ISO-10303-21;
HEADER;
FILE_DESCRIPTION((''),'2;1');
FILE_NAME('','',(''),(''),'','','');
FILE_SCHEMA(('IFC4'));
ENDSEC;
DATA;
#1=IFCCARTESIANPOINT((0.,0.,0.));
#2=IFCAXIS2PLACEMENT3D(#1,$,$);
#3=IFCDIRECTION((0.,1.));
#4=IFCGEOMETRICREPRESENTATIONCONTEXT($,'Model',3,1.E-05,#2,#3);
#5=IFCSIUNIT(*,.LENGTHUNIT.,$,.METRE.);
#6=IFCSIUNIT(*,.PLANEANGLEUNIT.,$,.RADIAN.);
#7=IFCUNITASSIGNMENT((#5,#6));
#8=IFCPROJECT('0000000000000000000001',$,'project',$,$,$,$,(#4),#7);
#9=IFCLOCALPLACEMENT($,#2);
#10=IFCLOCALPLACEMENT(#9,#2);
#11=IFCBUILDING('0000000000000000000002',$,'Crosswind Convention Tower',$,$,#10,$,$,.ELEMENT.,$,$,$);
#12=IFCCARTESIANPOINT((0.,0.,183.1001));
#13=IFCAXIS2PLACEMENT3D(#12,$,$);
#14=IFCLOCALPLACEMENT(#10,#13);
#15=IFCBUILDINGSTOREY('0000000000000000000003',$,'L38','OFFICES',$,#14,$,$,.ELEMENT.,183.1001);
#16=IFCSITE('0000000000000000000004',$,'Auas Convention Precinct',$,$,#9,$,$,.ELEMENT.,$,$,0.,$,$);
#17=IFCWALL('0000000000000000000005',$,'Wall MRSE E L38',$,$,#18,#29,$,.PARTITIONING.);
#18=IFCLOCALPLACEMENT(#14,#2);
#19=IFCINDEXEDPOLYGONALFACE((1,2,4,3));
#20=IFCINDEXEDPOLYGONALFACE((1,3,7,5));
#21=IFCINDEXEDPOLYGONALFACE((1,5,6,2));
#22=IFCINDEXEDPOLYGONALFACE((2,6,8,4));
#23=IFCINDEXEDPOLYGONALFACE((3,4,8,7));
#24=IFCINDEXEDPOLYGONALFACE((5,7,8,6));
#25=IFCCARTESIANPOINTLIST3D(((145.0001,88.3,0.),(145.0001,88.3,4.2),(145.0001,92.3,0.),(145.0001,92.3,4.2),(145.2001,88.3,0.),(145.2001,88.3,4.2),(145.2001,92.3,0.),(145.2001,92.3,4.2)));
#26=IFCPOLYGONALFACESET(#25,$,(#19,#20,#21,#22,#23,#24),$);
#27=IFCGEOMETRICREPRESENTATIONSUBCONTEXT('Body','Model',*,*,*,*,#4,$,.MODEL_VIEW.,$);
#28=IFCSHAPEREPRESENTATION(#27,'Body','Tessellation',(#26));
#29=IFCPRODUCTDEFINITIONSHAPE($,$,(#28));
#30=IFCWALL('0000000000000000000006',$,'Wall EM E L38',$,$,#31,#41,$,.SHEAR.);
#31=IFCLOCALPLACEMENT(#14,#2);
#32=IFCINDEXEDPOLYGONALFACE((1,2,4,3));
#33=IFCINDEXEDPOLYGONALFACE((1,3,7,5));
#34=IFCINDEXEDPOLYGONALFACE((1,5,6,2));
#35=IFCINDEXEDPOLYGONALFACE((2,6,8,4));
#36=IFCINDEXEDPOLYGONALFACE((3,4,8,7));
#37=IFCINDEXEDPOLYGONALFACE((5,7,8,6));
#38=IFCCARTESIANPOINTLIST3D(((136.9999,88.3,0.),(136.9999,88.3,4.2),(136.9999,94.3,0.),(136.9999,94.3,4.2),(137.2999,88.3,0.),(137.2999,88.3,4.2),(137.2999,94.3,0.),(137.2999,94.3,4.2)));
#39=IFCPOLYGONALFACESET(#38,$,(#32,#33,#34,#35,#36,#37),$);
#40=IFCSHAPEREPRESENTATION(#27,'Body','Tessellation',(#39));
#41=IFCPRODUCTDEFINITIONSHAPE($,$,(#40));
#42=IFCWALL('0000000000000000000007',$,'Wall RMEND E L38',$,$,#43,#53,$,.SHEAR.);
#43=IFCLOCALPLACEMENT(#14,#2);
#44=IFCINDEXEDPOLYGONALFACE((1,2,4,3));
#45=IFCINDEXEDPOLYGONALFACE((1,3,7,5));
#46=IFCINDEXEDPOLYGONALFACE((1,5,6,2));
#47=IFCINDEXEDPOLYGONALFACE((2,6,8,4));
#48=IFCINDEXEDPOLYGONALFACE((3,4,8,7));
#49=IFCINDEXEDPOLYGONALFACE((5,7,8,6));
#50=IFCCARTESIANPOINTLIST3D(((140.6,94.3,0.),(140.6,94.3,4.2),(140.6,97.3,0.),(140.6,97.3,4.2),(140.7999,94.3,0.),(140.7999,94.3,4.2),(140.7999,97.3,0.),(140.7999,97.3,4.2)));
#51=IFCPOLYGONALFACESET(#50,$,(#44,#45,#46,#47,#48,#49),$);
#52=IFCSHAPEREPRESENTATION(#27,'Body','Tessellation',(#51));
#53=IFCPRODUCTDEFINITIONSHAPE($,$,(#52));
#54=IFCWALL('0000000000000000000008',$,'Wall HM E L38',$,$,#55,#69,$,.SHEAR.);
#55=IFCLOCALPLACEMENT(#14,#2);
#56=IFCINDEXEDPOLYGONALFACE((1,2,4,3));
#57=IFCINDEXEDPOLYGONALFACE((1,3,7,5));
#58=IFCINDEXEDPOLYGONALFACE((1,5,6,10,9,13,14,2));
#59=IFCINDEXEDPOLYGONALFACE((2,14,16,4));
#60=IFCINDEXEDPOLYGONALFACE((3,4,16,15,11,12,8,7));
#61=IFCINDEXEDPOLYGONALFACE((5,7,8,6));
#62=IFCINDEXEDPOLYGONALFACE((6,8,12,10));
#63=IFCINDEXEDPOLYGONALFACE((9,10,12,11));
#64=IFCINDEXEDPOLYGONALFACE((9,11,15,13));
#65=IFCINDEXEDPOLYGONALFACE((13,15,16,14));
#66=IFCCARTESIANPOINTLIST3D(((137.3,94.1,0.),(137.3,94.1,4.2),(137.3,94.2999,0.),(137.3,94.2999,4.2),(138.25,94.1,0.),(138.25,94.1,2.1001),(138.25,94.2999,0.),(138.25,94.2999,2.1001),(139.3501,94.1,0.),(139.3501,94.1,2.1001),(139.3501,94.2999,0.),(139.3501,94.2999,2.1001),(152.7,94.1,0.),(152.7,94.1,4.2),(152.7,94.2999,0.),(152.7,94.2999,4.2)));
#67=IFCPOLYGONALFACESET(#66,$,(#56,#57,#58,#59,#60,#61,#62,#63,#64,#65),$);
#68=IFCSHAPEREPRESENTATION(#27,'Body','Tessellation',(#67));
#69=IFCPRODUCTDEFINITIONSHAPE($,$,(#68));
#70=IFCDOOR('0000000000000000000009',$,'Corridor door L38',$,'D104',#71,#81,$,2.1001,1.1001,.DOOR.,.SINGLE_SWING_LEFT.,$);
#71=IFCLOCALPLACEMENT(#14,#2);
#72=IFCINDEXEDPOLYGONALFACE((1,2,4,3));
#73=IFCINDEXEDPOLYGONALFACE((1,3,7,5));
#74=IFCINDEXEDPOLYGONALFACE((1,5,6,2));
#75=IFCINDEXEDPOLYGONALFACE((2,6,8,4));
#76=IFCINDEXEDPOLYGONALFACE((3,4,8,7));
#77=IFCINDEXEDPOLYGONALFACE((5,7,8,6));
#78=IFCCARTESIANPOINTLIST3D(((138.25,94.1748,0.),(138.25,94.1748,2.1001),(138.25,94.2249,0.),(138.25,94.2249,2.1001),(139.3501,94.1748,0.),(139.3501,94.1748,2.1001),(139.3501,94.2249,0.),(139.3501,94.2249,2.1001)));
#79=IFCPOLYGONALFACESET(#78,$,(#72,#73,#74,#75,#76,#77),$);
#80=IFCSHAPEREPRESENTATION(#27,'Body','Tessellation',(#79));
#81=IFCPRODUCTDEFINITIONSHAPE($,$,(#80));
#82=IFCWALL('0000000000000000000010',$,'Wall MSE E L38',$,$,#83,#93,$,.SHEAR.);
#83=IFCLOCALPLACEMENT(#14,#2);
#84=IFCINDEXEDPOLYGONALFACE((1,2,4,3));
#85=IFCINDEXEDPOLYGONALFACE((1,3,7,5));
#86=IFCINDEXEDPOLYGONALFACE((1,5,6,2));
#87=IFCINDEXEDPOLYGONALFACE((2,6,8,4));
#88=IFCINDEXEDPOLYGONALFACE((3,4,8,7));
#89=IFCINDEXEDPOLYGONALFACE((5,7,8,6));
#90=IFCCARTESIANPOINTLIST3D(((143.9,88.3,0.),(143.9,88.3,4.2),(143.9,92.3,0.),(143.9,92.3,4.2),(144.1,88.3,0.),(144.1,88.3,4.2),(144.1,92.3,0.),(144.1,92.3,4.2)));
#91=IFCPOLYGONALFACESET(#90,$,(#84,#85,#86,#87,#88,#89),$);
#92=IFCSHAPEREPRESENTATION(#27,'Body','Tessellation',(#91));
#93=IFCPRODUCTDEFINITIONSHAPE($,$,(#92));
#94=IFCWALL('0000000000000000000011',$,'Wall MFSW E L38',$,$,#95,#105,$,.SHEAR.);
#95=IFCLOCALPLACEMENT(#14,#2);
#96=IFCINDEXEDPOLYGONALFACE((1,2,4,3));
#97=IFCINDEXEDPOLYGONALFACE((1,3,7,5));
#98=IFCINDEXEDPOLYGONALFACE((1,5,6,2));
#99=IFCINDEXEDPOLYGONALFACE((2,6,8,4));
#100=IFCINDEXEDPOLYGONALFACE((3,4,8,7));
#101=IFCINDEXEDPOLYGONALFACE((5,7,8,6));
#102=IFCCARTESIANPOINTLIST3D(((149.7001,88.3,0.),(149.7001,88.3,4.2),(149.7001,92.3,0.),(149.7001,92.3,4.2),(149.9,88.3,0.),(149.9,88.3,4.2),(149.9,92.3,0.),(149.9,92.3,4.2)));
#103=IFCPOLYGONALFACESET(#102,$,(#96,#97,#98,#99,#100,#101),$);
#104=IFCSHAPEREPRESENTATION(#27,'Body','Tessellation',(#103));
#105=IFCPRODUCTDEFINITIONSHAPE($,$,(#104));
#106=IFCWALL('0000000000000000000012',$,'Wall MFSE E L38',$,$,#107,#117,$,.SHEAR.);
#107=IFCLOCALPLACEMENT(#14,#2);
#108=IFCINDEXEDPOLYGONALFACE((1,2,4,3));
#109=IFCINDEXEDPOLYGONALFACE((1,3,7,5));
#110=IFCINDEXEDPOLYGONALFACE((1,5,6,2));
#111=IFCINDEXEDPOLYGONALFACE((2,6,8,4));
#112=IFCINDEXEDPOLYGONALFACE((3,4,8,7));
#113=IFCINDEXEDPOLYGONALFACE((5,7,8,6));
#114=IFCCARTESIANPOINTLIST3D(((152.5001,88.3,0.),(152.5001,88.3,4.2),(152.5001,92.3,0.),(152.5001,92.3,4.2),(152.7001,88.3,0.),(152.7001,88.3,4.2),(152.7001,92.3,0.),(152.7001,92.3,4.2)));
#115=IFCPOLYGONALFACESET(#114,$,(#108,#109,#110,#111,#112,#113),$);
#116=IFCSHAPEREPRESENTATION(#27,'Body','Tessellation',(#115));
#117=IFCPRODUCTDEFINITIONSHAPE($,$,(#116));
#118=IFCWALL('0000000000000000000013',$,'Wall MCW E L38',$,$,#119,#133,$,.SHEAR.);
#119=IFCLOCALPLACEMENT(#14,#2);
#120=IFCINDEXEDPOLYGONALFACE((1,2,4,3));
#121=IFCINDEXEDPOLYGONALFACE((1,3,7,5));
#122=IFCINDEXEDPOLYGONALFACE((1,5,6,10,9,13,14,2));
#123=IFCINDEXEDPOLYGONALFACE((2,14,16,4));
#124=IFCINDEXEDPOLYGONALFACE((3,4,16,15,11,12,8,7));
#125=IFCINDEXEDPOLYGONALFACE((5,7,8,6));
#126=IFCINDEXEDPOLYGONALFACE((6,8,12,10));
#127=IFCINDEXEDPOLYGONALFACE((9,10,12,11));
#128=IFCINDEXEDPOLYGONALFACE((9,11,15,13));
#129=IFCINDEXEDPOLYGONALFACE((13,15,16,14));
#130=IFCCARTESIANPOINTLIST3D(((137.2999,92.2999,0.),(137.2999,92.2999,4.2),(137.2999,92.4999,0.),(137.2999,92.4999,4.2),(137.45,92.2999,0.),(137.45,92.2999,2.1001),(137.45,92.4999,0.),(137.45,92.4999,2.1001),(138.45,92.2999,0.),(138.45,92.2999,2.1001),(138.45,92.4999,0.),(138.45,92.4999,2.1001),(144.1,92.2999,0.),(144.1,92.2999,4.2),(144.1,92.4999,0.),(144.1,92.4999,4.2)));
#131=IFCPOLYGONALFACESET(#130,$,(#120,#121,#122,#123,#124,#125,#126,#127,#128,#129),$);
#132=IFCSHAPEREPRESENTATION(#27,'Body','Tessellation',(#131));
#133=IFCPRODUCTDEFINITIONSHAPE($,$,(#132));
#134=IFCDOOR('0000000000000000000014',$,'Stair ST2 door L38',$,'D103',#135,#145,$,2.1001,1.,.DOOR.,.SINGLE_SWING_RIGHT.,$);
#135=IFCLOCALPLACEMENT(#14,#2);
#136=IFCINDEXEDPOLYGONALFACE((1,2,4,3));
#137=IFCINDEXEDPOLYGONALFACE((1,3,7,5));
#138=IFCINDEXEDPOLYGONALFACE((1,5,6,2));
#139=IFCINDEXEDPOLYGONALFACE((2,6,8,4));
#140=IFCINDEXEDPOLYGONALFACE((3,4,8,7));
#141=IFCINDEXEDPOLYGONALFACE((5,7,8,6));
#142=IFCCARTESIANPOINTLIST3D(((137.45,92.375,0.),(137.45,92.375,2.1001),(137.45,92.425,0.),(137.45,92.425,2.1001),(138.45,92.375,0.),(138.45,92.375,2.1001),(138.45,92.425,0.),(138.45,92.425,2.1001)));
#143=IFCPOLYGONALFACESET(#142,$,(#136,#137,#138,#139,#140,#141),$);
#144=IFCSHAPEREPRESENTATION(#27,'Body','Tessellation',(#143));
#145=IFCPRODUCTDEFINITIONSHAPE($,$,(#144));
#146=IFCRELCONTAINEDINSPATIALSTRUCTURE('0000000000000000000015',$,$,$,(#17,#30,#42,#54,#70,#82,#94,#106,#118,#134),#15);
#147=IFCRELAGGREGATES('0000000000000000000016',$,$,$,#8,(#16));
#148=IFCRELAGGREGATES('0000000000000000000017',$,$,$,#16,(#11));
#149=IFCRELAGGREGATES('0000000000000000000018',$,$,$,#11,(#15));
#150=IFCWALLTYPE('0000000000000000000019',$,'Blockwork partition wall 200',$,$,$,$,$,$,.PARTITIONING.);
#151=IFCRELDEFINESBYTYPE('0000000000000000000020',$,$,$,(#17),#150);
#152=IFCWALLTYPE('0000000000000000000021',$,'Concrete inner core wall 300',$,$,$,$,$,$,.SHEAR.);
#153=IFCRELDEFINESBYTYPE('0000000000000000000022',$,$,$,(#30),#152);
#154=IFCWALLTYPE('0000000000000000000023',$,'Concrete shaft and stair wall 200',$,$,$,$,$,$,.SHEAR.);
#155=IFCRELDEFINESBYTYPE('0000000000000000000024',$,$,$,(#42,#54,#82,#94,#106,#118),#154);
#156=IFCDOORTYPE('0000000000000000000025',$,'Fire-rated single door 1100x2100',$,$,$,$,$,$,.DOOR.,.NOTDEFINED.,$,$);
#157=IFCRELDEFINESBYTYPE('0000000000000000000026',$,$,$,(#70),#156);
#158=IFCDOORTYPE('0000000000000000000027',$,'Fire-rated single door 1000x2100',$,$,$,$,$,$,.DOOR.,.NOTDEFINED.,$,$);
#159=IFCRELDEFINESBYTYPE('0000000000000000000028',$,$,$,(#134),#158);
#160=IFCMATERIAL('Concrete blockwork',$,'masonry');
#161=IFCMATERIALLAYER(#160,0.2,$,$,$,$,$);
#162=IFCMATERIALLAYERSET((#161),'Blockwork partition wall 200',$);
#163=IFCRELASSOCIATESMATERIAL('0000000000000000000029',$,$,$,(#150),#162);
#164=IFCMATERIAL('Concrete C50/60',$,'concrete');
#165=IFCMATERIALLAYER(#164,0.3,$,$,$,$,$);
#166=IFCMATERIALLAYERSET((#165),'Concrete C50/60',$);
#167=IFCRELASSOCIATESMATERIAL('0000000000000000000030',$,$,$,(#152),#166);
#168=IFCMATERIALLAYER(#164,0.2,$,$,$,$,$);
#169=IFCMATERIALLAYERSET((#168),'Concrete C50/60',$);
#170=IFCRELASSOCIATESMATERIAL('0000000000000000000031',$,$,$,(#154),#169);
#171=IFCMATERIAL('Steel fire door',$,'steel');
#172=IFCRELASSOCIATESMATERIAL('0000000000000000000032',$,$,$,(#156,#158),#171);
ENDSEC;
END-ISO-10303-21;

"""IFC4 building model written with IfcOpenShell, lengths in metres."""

from ifc_helpers import new_model, si_unit, direction, frame, frame_2d, origin, place, context, subcontext, project, spatial, rectangle, extrude, material, layer, layer_set, type_object, element, fill, save


model = new_model("IFC4")

# Units and contexts
model_context = context("Model", 3, precision=1e-05, world=origin(), true_north=direction((0.0, 1.0)))
body_context = subcontext(model_context, "Body", "Model", "MODEL_VIEW")
ifc_project = project(units=[si_unit("LENGTHUNIT", "METRE"), si_unit("PLANEANGLEUNIT", "RADIAN")], contexts=[model_context])

# Site, building, storey
site_placement = place(None, origin())
site = spatial("IfcSite", under=ifc_project, at=site_placement, Name="Auas Convention Precinct", CompositionType="ELEMENT", RefElevation=0.0)
building_placement = place(site_placement, origin())
building = spatial("IfcBuilding", under=site, at=building_placement, Name="Crosswind Convention Tower", CompositionType="ELEMENT")
storey_placement = place(building_placement, frame((0.0, 0.0, 183.1001)))
storey = spatial("IfcBuildingStorey", under=building, at=storey_placement, Name="L38", Description="OFFICES", CompositionType="ELEMENT", Elevation=183.1001)

# Wall
ifc_material_1 = material(Name="Concrete blockwork", Category="masonry")
ifc_layer_1 = layer(ifc_material_1, 0.2)
ifc_layer_set_1 = layer_set([ifc_layer_1], Name="Blockwork partition wall 200")
wall_type_1 = type_object("IfcWallType", Name="Blockwork partition wall 200", PredefinedType="PARTITIONING", material=ifc_layer_set_1)
wall_1_placement = place(storey_placement, frame((145.1001, 88.3, 0.0), z_axis=(0.0, 0.0, 1.0), x_axis=(0.0, 1.0, 0.0)))
element("IfcWall", 1, at=wall_1_placement, inside=storey, type_object=wall_type_1, Name="Wall MRSE E L38", PredefinedType="PARTITIONING", context=body_context, shape_type="SweptSolid", body=[
    extrude(rectangle(XDim=4.0, YDim=0.2, at=frame_2d((2.0, 0.0))), origin(), (0.0, 0.0, 1.0), 4.2),
])

# Shared definitions
ifc_material_2 = material(Name="Concrete C50/60", Category="concrete")
ifc_layer_2 = layer(ifc_material_2, 0.3)
ifc_layer_set_2 = layer_set([ifc_layer_2], Name="Concrete C50/60")
wall_type_2 = type_object("IfcWallType", Name="Concrete inner core wall 300", PredefinedType="SHEAR", material=ifc_layer_set_2)

# Walls
wall_2_placement = place(storey_placement, frame((137.1499, 88.3, 0.0), z_axis=(0.0, 0.0, 1.0), x_axis=(0.0, 1.0, 0.0)))
element("IfcWall", 2, at=wall_2_placement, inside=storey, type_object=wall_type_2, Name="Wall EM E L38", PredefinedType="SHEAR", context=body_context, shape_type="SweptSolid", body=[
    extrude(rectangle(XDim=6.0, YDim=0.3, at=frame_2d((3.0, 0.0))), origin(), (0.0, 0.0, 1.0), 4.2),
])
ifc_layer_3 = layer(ifc_material_2, 0.2)
ifc_layer_set_3 = layer_set([ifc_layer_3], Name="Concrete C50/60")
wall_type_3 = type_object("IfcWallType", Name="Concrete shaft and stair wall 200", PredefinedType="SHEAR", material=ifc_layer_set_3)
wall_3_placement = place(storey_placement, frame((140.7, 94.3, 0.0), z_axis=(0.0, 0.0, 1.0), x_axis=(0.0, 1.0, 0.0)))
element("IfcWall", 3, at=wall_3_placement, inside=storey, type_object=wall_type_3, Name="Wall RMEND E L38", PredefinedType="SHEAR", context=body_context, shape_type="SweptSolid", body=[
    extrude(rectangle(XDim=3.0, YDim=0.2, at=frame_2d((1.5, 0.0))), origin(), (0.0, 0.0, 1.0), 4.2),
])

# Wall, opening, door
wall_4_placement = place(storey_placement, frame((137.3, 94.2, 0.0), z_axis=(0.0, 0.0, 1.0), x_axis=(1.0, 0.0, 0.0)))
wall_4 = element("IfcWall", 4, at=wall_4_placement, inside=storey, type_object=wall_type_3, Name="Wall HM E L38", PredefinedType="SHEAR", context=body_context, shape_type="SweptSolid", body=[
    extrude(rectangle(XDim=15.3999, YDim=0.2, at=frame_2d((7.7, 0.0))), origin(), (0.0, 0.0, 1.0), 4.2),
])
opening_1_placement = place(wall_4_placement, frame((0.95, 0.0, 0.0)))
opening_1 = element("IfcOpeningElement", 5, at=opening_1_placement, cuts=wall_4, PredefinedType="OPENING", context=body_context, shape_type="SweptSolid", body=[
    extrude(rectangle(XDim=1.1001, YDim=2.1001, at=frame_2d((0.55, 1.05))), frame((0.0, 0.1099, 0.0), z_axis=(0.0, -1.0, 0.0), x_axis=(1.0, 0.0, 0.0)), (0.0, 0.0, 1.0), 0.22),
])
ifc_material_3 = material(Name="Steel fire door", Category="steel")
door_type_1 = type_object("IfcDoorType", Name="Fire-rated single door 1100x2100", OperationType="NOTDEFINED", PredefinedType="DOOR", material=ifc_material_3)
door_1_placement = place(opening_1_placement, origin())
door_1 = element("IfcDoor", 6, at=door_1_placement, inside=storey, type_object=door_type_1, Name="Corridor door L38", ObjectType="D104", OperationType="SINGLE_SWING_LEFT", OverallHeight=2.1001, OverallWidth=1.1001, PredefinedType="DOOR", context=body_context, shape_type="SweptSolid", body=[
    extrude(rectangle(XDim=1.1001, YDim=2.1001, at=frame_2d((0.55, 1.05))), frame((0.0, 0.0249, 0.0), z_axis=(0.0, -1.0, 0.0), x_axis=(1.0, 0.0, 0.0)), (0.0, 0.0, 1.0), 0.05),
])
fill(opening_1, door_1)

# Walls
for number, where, z_axis, x_axis, name in (
    (7, (144.0, 88.3, 0.0), (0.0, 0.0, 1.0), (0.0, 1.0, 0.0), "Wall MSE E L38"),
    (8, (149.8, 88.3, 0.0), (0.0, 0.0, 1.0), (0.0, 1.0, 0.0), "Wall MFSW E L38"),
    (9, (152.6001, 88.3, 0.0), (0.0, 0.0, 1.0), (0.0, 1.0, 0.0), "Wall MFSE E L38"),
):
    element("IfcWall", number, at=place(storey_placement, frame(where, z_axis=z_axis, x_axis=x_axis)), inside=storey, type_object=wall_type_3, Name=name, PredefinedType="SHEAR", context=body_context, shape_type="SweptSolid", body=[
        extrude(rectangle(XDim=4.0, YDim=0.2, at=frame_2d((2.0, 0.0))), origin(), (0.0, 0.0, 1.0), 4.2),
    ])

# Wall, opening, door
wall_5_placement = place(storey_placement, frame((137.3, 92.3999, 0.0), z_axis=(0.0, 0.0, 1.0), x_axis=(1.0, 0.0, 0.0)))
wall_5 = element("IfcWall", 10, at=wall_5_placement, inside=storey, type_object=wall_type_3, Name="Wall MCW E L38", PredefinedType="SHEAR", context=body_context, shape_type="SweptSolid", body=[
    extrude(rectangle(XDim=6.8, YDim=0.2, at=frame_2d((3.3999, 0.0))), origin(), (0.0, 0.0, 1.0), 4.2),
])
opening_2_placement = place(wall_5_placement, frame((0.1499, 0.0, 0.0)))
opening_2 = element("IfcOpeningElement", 11, at=opening_2_placement, cuts=wall_5, PredefinedType="OPENING", context=body_context, shape_type="SweptSolid", body=[
    extrude(rectangle(XDim=1.0, YDim=2.1001, at=frame_2d((0.5, 1.05))), frame((0.0, 0.1099, 0.0), z_axis=(0.0, -1.0, 0.0), x_axis=(1.0, 0.0, 0.0)), (0.0, 0.0, 1.0), 0.22),
])
door_type_2 = type_object("IfcDoorType", Name="Fire-rated single door 1000x2100", OperationType="NOTDEFINED", PredefinedType="DOOR", material=ifc_material_3)
door_2_placement = place(opening_2_placement, frame((1.0, 0.0, 0.0), z_axis=(0.0, 0.0, 1.0), x_axis=(-1.0, 0.0, 0.0)))
door_2 = element("IfcDoor", 12, at=door_2_placement, inside=storey, type_object=door_type_2, Name="Stair ST2 door L38", ObjectType="D103", OperationType="SINGLE_SWING_RIGHT", OverallHeight=2.1001, OverallWidth=1.0, PredefinedType="DOOR", context=body_context, shape_type="SweptSolid", body=[
    extrude(rectangle(XDim=1.0, YDim=2.1001, at=frame_2d((0.5, 1.05))), frame((0.0, 0.0249, 0.0), z_axis=(0.0, -1.0, 0.0), x_axis=(1.0, 0.0, 0.0)), (0.0, 0.0, 1.0), 0.05),
])
fill(opening_2, door_2)

save(model, "model.ifc")
